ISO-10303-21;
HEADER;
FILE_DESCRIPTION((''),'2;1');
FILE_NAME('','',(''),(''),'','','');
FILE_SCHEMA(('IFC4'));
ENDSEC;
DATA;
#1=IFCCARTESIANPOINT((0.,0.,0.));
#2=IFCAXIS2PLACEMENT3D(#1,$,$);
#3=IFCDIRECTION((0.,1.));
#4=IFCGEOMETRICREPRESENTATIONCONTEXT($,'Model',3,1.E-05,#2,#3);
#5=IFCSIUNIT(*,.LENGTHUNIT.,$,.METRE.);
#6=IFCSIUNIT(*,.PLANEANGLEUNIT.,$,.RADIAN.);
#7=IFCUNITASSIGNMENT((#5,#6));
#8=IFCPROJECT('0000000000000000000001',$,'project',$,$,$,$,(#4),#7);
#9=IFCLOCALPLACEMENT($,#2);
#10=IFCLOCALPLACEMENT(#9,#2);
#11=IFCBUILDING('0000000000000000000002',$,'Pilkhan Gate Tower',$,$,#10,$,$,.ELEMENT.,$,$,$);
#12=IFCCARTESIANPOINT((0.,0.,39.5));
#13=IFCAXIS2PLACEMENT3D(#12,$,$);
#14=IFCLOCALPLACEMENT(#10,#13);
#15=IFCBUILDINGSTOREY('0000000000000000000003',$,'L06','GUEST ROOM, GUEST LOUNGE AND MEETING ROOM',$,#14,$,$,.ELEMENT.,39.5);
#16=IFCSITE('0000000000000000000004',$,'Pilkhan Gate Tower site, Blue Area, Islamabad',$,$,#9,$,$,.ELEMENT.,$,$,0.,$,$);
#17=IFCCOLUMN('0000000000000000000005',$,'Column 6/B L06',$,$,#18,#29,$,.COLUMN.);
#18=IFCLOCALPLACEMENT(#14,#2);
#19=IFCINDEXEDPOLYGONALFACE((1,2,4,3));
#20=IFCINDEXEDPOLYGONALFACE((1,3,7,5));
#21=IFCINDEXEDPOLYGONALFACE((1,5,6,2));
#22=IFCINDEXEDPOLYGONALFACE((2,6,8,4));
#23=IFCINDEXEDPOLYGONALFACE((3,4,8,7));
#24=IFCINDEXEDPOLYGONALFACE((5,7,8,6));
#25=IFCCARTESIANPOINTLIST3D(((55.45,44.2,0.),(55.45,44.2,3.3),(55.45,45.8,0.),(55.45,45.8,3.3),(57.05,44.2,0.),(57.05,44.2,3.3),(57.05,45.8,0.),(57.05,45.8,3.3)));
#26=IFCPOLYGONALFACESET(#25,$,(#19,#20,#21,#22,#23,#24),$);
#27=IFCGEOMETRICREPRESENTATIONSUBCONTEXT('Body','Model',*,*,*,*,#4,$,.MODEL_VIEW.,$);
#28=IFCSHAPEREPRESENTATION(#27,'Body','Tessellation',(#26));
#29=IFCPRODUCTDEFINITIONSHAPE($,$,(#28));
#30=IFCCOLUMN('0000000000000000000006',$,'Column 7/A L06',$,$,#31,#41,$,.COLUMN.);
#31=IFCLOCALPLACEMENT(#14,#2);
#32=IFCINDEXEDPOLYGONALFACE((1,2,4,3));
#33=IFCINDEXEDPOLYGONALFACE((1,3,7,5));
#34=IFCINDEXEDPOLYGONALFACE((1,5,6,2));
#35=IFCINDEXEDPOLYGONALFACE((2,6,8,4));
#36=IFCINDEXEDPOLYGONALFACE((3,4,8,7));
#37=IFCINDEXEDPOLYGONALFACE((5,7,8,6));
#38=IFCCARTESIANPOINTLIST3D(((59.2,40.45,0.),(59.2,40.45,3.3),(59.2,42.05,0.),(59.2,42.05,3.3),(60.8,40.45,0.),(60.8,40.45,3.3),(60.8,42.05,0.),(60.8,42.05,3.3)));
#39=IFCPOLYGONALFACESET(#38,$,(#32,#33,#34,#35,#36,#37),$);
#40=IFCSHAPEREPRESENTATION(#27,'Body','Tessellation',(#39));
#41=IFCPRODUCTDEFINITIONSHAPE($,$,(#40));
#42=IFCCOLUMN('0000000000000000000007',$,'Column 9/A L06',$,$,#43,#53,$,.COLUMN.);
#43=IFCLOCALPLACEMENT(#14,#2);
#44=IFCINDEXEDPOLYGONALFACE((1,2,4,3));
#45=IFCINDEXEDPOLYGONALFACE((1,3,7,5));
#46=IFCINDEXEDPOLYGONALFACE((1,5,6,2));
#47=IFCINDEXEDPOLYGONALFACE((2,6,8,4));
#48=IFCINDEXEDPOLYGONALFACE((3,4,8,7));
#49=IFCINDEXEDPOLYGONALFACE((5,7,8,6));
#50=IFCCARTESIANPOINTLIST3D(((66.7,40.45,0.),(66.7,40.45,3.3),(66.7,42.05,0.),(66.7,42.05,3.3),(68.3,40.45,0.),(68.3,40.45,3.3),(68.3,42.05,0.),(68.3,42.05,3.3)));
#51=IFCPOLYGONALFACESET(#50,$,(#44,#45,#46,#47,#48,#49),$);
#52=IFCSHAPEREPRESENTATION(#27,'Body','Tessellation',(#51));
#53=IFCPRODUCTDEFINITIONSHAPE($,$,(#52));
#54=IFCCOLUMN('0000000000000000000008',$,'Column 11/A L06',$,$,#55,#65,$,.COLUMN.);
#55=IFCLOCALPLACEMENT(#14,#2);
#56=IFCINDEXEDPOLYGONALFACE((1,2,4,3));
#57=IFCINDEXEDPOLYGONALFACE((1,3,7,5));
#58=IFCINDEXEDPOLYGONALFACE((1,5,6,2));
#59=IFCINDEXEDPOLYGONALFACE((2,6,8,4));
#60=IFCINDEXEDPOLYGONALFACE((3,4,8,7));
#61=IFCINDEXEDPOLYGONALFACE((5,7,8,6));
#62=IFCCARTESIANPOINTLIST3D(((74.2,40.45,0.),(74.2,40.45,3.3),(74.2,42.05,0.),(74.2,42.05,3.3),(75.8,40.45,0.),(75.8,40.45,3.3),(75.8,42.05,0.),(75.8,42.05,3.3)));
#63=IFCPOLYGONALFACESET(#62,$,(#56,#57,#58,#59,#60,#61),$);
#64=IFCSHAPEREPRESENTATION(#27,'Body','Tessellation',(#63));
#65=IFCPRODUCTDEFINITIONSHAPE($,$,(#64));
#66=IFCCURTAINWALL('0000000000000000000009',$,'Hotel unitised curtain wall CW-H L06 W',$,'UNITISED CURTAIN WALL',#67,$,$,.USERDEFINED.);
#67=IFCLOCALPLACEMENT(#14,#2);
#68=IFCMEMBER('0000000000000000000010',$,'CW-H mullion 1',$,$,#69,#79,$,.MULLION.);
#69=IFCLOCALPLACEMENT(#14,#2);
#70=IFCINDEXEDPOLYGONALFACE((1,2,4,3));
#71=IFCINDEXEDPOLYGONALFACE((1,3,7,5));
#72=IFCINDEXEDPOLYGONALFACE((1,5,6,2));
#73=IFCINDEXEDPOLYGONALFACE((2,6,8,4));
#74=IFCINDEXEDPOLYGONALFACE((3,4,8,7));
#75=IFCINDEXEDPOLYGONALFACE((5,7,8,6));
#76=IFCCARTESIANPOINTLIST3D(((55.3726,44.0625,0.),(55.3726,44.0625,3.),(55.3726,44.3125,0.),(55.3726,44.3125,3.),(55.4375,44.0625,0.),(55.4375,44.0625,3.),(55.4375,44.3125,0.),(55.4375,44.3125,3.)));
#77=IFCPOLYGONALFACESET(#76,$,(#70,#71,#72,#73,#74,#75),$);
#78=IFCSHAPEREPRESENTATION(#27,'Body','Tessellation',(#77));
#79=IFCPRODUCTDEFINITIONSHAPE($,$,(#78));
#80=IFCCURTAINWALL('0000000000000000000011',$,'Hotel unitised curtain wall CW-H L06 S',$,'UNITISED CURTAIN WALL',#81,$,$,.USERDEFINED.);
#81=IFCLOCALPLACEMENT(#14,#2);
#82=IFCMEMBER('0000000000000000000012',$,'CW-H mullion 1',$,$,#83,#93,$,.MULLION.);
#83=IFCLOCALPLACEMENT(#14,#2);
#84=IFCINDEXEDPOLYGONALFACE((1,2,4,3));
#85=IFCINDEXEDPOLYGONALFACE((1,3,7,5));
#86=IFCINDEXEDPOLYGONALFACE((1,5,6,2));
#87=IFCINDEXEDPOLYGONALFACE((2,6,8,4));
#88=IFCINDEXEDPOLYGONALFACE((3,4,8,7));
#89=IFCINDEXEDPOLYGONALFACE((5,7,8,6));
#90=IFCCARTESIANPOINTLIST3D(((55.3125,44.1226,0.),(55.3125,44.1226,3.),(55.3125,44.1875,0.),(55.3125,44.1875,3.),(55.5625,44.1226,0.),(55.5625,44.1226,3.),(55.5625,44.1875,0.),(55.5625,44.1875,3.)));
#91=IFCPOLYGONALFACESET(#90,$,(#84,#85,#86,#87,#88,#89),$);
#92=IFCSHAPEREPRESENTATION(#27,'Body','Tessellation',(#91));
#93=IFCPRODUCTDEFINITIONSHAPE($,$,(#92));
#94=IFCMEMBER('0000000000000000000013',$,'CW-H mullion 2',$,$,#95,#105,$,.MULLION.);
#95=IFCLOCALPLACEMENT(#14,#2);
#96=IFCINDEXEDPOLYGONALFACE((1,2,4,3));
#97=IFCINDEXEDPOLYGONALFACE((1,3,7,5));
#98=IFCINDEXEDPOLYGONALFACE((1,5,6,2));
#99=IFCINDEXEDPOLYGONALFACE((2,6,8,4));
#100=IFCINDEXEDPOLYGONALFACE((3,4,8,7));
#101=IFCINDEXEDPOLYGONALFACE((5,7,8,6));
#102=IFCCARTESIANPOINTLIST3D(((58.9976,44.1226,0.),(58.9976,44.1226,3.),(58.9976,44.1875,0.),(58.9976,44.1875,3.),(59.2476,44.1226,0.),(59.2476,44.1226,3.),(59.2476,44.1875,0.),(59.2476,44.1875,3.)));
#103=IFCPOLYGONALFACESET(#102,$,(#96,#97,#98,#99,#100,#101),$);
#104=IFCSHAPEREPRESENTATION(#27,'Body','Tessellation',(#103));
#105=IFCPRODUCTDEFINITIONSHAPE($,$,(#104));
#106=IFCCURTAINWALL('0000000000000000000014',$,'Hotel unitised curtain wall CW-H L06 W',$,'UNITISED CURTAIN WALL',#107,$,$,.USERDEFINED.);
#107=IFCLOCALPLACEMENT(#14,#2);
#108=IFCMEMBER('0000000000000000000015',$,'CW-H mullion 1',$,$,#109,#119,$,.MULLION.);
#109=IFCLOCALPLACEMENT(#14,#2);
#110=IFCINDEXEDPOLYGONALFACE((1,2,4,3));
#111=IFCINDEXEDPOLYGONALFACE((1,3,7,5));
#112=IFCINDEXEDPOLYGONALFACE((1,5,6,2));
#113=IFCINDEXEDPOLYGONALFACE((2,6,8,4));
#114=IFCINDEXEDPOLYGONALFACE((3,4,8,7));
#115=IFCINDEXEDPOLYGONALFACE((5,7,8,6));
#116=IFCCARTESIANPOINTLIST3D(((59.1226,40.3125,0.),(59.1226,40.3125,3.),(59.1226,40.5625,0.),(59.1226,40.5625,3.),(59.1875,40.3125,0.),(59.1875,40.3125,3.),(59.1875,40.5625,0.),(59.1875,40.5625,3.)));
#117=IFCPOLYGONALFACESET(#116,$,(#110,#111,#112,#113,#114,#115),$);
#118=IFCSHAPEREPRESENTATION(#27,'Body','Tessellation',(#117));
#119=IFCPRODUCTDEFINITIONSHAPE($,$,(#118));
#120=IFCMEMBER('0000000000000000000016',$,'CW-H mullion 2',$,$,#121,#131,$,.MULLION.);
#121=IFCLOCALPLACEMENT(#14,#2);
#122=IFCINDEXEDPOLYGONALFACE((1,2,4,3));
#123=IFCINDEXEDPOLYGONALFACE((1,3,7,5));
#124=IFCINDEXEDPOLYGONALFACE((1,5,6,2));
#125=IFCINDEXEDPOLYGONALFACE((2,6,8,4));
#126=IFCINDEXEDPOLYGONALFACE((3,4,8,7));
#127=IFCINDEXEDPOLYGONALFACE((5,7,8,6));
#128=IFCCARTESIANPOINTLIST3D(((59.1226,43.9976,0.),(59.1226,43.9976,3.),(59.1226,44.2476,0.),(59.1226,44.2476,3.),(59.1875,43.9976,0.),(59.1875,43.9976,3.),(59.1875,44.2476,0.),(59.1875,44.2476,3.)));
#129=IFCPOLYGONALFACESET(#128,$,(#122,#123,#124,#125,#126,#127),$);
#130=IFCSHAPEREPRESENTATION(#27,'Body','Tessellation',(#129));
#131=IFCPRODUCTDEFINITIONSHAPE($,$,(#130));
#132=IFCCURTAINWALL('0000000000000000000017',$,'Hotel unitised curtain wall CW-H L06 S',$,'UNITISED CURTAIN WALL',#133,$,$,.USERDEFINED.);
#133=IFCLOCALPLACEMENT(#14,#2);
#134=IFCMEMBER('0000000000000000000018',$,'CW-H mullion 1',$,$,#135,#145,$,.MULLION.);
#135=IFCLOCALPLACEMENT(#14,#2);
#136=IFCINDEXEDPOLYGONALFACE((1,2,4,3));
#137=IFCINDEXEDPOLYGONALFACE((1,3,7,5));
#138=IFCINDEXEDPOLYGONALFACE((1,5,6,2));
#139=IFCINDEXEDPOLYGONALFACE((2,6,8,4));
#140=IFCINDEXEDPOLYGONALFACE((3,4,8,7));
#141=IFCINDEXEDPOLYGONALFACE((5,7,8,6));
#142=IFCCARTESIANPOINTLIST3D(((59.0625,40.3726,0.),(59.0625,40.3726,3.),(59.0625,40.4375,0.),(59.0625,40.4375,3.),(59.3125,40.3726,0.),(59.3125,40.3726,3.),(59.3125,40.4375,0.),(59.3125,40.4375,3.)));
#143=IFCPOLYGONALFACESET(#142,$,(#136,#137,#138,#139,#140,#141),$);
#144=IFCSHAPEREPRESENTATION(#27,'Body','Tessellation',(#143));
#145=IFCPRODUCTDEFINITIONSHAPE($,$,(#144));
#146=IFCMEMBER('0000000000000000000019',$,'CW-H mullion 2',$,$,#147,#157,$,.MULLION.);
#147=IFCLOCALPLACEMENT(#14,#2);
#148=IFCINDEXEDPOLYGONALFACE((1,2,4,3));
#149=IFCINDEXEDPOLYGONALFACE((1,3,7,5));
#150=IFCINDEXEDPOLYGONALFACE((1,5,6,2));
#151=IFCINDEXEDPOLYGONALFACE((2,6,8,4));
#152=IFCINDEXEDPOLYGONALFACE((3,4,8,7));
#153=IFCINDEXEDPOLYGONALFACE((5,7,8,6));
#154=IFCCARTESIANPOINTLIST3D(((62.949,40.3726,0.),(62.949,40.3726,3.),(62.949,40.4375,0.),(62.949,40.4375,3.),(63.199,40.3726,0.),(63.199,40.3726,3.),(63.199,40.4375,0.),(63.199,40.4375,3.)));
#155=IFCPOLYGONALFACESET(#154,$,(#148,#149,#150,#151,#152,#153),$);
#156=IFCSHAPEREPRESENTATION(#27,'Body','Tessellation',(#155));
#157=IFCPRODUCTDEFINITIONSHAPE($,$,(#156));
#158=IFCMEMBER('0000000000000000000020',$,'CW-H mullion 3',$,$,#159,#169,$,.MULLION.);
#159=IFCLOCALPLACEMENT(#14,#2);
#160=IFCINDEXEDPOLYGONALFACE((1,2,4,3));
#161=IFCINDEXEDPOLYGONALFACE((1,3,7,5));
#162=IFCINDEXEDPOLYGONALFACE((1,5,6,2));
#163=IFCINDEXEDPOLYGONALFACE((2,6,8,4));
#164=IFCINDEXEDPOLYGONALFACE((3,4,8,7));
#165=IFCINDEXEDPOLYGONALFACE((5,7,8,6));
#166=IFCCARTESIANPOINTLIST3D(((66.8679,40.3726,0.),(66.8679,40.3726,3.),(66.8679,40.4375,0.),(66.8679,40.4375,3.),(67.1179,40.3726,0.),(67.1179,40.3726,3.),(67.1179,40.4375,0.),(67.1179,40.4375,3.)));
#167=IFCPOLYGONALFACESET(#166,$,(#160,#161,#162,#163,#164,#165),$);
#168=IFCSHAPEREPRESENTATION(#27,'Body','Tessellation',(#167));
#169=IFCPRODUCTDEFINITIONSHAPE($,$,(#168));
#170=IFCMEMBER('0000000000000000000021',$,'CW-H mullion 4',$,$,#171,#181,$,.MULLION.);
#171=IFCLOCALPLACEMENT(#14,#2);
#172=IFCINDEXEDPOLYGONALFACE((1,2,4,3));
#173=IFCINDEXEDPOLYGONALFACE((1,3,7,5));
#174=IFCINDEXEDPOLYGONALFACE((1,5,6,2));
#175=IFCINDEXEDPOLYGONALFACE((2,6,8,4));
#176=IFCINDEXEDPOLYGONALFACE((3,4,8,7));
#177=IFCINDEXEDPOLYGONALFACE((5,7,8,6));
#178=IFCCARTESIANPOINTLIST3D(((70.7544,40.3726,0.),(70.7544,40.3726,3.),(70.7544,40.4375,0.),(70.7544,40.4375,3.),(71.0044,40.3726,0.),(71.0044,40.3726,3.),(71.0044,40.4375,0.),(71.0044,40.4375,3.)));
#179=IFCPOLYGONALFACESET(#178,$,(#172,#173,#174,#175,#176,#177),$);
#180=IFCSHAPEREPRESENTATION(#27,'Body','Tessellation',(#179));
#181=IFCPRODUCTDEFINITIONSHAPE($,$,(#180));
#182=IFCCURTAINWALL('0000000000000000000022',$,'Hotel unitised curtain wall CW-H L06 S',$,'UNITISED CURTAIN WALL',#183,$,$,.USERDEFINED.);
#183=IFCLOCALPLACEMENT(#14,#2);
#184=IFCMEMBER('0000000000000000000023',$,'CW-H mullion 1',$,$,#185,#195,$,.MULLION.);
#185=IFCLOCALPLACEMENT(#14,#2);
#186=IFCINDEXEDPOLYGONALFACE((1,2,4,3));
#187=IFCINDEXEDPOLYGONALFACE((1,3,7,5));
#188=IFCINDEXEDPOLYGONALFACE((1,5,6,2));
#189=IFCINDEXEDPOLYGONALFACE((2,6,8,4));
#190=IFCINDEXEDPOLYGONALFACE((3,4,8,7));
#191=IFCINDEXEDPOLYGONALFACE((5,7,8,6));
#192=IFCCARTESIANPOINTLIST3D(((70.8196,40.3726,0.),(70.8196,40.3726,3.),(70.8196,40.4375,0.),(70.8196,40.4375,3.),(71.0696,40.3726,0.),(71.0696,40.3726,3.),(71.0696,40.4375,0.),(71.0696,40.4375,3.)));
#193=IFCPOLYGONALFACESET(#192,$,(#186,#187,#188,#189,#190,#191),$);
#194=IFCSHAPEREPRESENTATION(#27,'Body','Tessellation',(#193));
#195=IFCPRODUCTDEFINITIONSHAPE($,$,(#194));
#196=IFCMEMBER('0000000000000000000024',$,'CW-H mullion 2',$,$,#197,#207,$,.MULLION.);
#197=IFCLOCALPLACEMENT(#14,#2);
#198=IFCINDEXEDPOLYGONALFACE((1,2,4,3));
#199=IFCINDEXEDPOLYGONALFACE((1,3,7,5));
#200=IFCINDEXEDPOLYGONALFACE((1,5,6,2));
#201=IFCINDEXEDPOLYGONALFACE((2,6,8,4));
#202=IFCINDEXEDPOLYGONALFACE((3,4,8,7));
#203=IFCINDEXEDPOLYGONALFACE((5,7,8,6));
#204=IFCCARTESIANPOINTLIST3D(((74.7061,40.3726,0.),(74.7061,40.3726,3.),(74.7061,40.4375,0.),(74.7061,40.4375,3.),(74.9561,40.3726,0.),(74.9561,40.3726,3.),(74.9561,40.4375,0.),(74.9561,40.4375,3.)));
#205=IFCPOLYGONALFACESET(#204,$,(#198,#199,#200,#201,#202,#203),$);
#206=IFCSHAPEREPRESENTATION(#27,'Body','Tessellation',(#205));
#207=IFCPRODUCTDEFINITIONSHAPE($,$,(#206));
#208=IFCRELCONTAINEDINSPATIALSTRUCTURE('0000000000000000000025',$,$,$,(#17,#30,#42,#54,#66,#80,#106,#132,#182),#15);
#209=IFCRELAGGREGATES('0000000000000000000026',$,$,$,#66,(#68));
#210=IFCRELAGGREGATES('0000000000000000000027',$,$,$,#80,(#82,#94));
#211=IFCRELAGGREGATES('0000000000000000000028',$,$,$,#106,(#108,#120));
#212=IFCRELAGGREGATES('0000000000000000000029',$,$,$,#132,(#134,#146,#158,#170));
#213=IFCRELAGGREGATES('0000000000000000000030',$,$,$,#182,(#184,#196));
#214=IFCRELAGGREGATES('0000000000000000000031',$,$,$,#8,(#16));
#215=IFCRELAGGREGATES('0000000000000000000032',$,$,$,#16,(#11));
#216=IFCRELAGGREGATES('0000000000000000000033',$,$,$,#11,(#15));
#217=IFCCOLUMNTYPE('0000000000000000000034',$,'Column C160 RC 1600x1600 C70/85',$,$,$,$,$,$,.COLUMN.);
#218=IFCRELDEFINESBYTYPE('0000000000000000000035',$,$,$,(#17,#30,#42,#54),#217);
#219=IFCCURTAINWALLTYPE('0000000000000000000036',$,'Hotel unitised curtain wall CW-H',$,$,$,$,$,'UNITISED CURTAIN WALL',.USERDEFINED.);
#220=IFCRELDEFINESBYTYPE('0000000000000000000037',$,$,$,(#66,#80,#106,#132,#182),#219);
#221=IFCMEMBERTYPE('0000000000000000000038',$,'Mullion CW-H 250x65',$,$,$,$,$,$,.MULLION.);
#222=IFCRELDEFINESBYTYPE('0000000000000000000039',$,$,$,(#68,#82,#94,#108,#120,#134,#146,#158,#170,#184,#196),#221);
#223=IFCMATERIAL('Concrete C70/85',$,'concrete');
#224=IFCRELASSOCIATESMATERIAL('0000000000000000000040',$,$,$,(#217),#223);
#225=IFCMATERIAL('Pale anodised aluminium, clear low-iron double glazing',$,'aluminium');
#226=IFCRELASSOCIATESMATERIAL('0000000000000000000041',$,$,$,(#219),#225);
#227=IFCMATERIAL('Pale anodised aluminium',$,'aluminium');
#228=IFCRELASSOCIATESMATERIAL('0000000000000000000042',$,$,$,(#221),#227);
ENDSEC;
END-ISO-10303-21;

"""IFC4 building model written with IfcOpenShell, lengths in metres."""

from ifc_helpers import new_model, si_unit, direction, frame, origin, origin_2d, place, context, subcontext, project, spatial, rectangle, extrude, material, material_profile, profile_set, type_object, element, aggregate, save


model = new_model("IFC4")

# Units and contexts
model_context = context("Model", 3, precision=1e-05, world=origin(), true_north=direction((0.0, 1.0)))
body_context = subcontext(model_context, "Body", "Model", "MODEL_VIEW")
ifc_project = project(units=[si_unit("LENGTHUNIT", "METRE"), si_unit("PLANEANGLEUNIT", "RADIAN")], contexts=[model_context])

# Site, building, storey
site_placement = place(None, origin())
site = spatial("IfcSite", under=ifc_project, at=site_placement, Name="Pilkhan Gate Tower site, Blue Area, Islamabad", CompositionType="ELEMENT", RefElevation=0.0)
building_placement = place(site_placement, origin())
building = spatial("IfcBuilding", under=site, at=building_placement, Name="Pilkhan Gate Tower", CompositionType="ELEMENT")
storey_placement = place(building_placement, frame((0.0, 0.0, 39.5)))
storey = spatial("IfcBuildingStorey", under=building, at=storey_placement, Name="L06", Description="GUEST ROOM, GUEST LOUNGE AND MEETING ROOM", CompositionType="ELEMENT", Elevation=39.5)

# Columns
ifc_material_1 = material(Name="Concrete C70/85", Category="concrete")
ifc_material_profile_1 = material_profile(ifc_material_1, rectangle(XDim=1.6001, YDim=1.6001, at=origin_2d()), Name="RC 1600x1600")
ifc_profile_set_1 = profile_set([ifc_material_profile_1], Name="Concrete C70/85")
column_type = type_object("IfcColumnType", Name="Column C160 RC 1600x1600 C70/85", PredefinedType="COLUMN", material=ifc_profile_set_1)
for number, where, z_axis, x_axis, name in (
    (1, (56.25, 45.0, 0.0), (0.0, 0.0, 1.0), (1.0, 0.0, 0.0), "Column 6/B L06"),
    (2, (60.0, 41.25, 0.0), (0.0, 0.0, 1.0), (1.0, 0.0, 0.0), "Column 7/A L06"),
    (3, (67.5, 41.25, 0.0), (0.0, 0.0, 1.0), (1.0, 0.0, 0.0), "Column 9/A L06"),
    (4, (75.0, 41.25, 0.0), (0.0, 0.0, 1.0), (1.0, 0.0, 0.0), "Column 11/A L06"),
):
    element("IfcColumn", number, at=place(storey_placement, frame(where, z_axis=z_axis, x_axis=x_axis)), inside=storey, type_object=column_type, Name=name, PredefinedType="COLUMN", context=body_context, shape_type="SweptSolid", body=[
        extrude(rectangle(XDim=1.6001, YDim=1.6001, at=origin_2d()), origin(), (0.0, 0.0, 1.0), 3.3),
    ])

# Curtain wall, member
ifc_material_2 = material(Name="Pale anodised aluminium, clear low-iron double glazing", Category="aluminium")
curtain_wall_type = type_object("IfcCurtainWallType", Name="Hotel unitised curtain wall CW-H", ElementType="UNITISED CURTAIN WALL", PredefinedType="USERDEFINED", material=ifc_material_2)
curtain_wall_1_placement = place(storey_placement, origin())
curtain_wall_1 = element("IfcCurtainWall", 5, at=curtain_wall_1_placement, inside=storey, type_object=curtain_wall_type, Name="Hotel unitised curtain wall CW-H L06 W", ObjectType="UNITISED CURTAIN WALL", PredefinedType="USERDEFINED")
ifc_material_3 = material(Name="Pale anodised aluminium", Category="aluminium")
ifc_material_profile_2 = material_profile(ifc_material_3, rectangle(XDim=0.0649, YDim=0.25, at=origin_2d()), Name="Mullion 250x65")
ifc_profile_set_2 = profile_set([ifc_material_profile_2], Name="Pale anodised aluminium")
member_type_1 = type_object("IfcMemberType", Name="Mullion CW-H 250x65", PredefinedType="MULLION", material=ifc_profile_set_2)
member_1_placement = place(storey_placement, frame((55.405, 44.1875, 0.0), z_axis=(0.0, 0.0, 1.0), x_axis=(-1.0, 0.0, 0.0)))
member_1 = element("IfcMember", 6, at=member_1_placement, type_object=member_type_1, Name="CW-H mullion 1", PredefinedType="MULLION", context=body_context, shape_type="SweptSolid", body=[
    extrude(rectangle(XDim=0.0649, YDim=0.25, at=origin_2d()), origin(), (0.0, 0.0, 1.0), 3.0),
])

# Curtain walls, members
curtain_wall_2_placement = place(storey_placement, origin())
curtain_wall_2 = element("IfcCurtainWall", 7, at=curtain_wall_2_placement, inside=storey, type_object=curtain_wall_type, Name="Hotel unitised curtain wall CW-H L06 S", ObjectType="UNITISED CURTAIN WALL", PredefinedType="USERDEFINED")
member_2_placement = place(storey_placement, frame((55.4375, 44.155, 0.0), z_axis=(0.0, 0.0, 1.0), x_axis=(0.0, 1.0, 0.0)))
member_2 = element("IfcMember", 8, at=member_2_placement, type_object=member_type_1, Name="CW-H mullion 1", PredefinedType="MULLION", context=body_context, shape_type="SweptSolid", body=[
    extrude(rectangle(XDim=0.0649, YDim=0.25, at=origin_2d()), origin(), (0.0, 0.0, 1.0), 3.0),
])
member_3_placement = place(storey_placement, frame((59.1226, 44.155, 0.0), z_axis=(0.0, 0.0, 1.0), x_axis=(0.0, 1.0, 0.0)))
member_3 = element("IfcMember", 9, at=member_3_placement, type_object=member_type_1, Name="CW-H mullion 2", PredefinedType="MULLION", context=body_context, shape_type="SweptSolid", body=[
    extrude(rectangle(XDim=0.0649, YDim=0.25, at=origin_2d()), origin(), (0.0, 0.0, 1.0), 3.0),
])
curtain_wall_3_placement = place(storey_placement, origin())
curtain_wall_3 = element("IfcCurtainWall", 10, at=curtain_wall_3_placement, inside=storey, type_object=curtain_wall_type, Name="Hotel unitised curtain wall CW-H L06 W", ObjectType="UNITISED CURTAIN WALL", PredefinedType="USERDEFINED")
member_4_placement = place(storey_placement, frame((59.155, 40.4375, 0.0), z_axis=(0.0, 0.0, 1.0), x_axis=(-1.0, 0.0, 0.0)))
member_4 = element("IfcMember", 11, at=member_4_placement, type_object=member_type_1, Name="CW-H mullion 1", PredefinedType="MULLION", context=body_context, shape_type="SweptSolid", body=[
    extrude(rectangle(XDim=0.0649, YDim=0.25, at=origin_2d()), origin(), (0.0, 0.0, 1.0), 3.0),
])
member_5_placement = place(storey_placement, frame((59.155, 44.1226, 0.0), z_axis=(0.0, 0.0, 1.0), x_axis=(-1.0, 0.0, 0.0)))
member_5 = element("IfcMember", 12, at=member_5_placement, type_object=member_type_1, Name="CW-H mullion 2", PredefinedType="MULLION", context=body_context, shape_type="SweptSolid", body=[
    extrude(rectangle(XDim=0.0649, YDim=0.25, at=origin_2d()), origin(), (0.0, 0.0, 1.0), 3.0),
])
curtain_wall_4_placement = place(storey_placement, origin())
curtain_wall_4 = element("IfcCurtainWall", 13, at=curtain_wall_4_placement, inside=storey, type_object=curtain_wall_type, Name="Hotel unitised curtain wall CW-H L06 S", ObjectType="UNITISED CURTAIN WALL", PredefinedType="USERDEFINED")
member_6_placement = place(storey_placement, frame((59.1875, 40.405, 0.0), z_axis=(0.0, 0.0, 1.0), x_axis=(0.0, 1.0, 0.0)))
member_6 = element("IfcMember", 14, at=member_6_placement, type_object=member_type_1, Name="CW-H mullion 1", PredefinedType="MULLION", context=body_context, shape_type="SweptSolid", body=[
    extrude(rectangle(XDim=0.0649, YDim=0.25, at=origin_2d()), origin(), (0.0, 0.0, 1.0), 3.0),
])
member_7_placement = place(storey_placement, frame((63.074, 40.405, 0.0), z_axis=(0.0, 0.0, 1.0), x_axis=(0.0, 1.0, 0.0)))
member_7 = element("IfcMember", 15, at=member_7_placement, type_object=member_type_1, Name="CW-H mullion 2", PredefinedType="MULLION", context=body_context, shape_type="SweptSolid", body=[
    extrude(rectangle(XDim=0.0649, YDim=0.25, at=origin_2d()), origin(), (0.0, 0.0, 1.0), 3.0),
])
member_8_placement = place(storey_placement, frame((66.9929, 40.405, 0.0), z_axis=(0.0, 0.0, 1.0), x_axis=(0.0, 1.0, 0.0)))
member_8 = element("IfcMember", 16, at=member_8_placement, type_object=member_type_1, Name="CW-H mullion 3", PredefinedType="MULLION", context=body_context, shape_type="SweptSolid", body=[
    extrude(rectangle(XDim=0.0649, YDim=0.25, at=origin_2d()), origin(), (0.0, 0.0, 1.0), 3.0),
])
member_9_placement = place(storey_placement, frame((70.8794, 40.405, 0.0), z_axis=(0.0, 0.0, 1.0), x_axis=(0.0, 1.0, 0.0)))
member_9 = element("IfcMember", 17, at=member_9_placement, type_object=member_type_1, Name="CW-H mullion 4", PredefinedType="MULLION", context=body_context, shape_type="SweptSolid", body=[
    extrude(rectangle(XDim=0.0649, YDim=0.25, at=origin_2d()), origin(), (0.0, 0.0, 1.0), 3.0),
])
curtain_wall_5_placement = place(storey_placement, origin())
curtain_wall_5 = element("IfcCurtainWall", 18, at=curtain_wall_5_placement, inside=storey, type_object=curtain_wall_type, Name="Hotel unitised curtain wall CW-H L06 S", ObjectType="UNITISED CURTAIN WALL", PredefinedType="USERDEFINED")
member_10_placement = place(storey_placement, frame((70.9446, 40.405, 0.0), z_axis=(0.0, 0.0, 1.0), x_axis=(0.0, 1.0, 0.0)))
member_10 = element("IfcMember", 19, at=member_10_placement, type_object=member_type_1, Name="CW-H mullion 1", PredefinedType="MULLION", context=body_context, shape_type="SweptSolid", body=[
    extrude(rectangle(XDim=0.0649, YDim=0.25, at=origin_2d()), origin(), (0.0, 0.0, 1.0), 3.0),
])
member_11_placement = place(storey_placement, frame((74.8311, 40.405, 0.0), z_axis=(0.0, 0.0, 1.0), x_axis=(0.0, 1.0, 0.0)))
member_11 = element("IfcMember", 20, at=member_11_placement, type_object=member_type_1, Name="CW-H mullion 2", PredefinedType="MULLION", context=body_context, shape_type="SweptSolid", body=[
    extrude(rectangle(XDim=0.0649, YDim=0.25, at=origin_2d()), origin(), (0.0, 0.0, 1.0), 3.0),
])

aggregate(curtain_wall_1, [member_1])

aggregate(curtain_wall_2, [member_2, member_3])
aggregate(curtain_wall_3, [member_4, member_5])
aggregate(curtain_wall_4, [member_6, member_7, member_8, member_9])
aggregate(curtain_wall_5, [member_10, member_11])

save(model, "model.ifc")
